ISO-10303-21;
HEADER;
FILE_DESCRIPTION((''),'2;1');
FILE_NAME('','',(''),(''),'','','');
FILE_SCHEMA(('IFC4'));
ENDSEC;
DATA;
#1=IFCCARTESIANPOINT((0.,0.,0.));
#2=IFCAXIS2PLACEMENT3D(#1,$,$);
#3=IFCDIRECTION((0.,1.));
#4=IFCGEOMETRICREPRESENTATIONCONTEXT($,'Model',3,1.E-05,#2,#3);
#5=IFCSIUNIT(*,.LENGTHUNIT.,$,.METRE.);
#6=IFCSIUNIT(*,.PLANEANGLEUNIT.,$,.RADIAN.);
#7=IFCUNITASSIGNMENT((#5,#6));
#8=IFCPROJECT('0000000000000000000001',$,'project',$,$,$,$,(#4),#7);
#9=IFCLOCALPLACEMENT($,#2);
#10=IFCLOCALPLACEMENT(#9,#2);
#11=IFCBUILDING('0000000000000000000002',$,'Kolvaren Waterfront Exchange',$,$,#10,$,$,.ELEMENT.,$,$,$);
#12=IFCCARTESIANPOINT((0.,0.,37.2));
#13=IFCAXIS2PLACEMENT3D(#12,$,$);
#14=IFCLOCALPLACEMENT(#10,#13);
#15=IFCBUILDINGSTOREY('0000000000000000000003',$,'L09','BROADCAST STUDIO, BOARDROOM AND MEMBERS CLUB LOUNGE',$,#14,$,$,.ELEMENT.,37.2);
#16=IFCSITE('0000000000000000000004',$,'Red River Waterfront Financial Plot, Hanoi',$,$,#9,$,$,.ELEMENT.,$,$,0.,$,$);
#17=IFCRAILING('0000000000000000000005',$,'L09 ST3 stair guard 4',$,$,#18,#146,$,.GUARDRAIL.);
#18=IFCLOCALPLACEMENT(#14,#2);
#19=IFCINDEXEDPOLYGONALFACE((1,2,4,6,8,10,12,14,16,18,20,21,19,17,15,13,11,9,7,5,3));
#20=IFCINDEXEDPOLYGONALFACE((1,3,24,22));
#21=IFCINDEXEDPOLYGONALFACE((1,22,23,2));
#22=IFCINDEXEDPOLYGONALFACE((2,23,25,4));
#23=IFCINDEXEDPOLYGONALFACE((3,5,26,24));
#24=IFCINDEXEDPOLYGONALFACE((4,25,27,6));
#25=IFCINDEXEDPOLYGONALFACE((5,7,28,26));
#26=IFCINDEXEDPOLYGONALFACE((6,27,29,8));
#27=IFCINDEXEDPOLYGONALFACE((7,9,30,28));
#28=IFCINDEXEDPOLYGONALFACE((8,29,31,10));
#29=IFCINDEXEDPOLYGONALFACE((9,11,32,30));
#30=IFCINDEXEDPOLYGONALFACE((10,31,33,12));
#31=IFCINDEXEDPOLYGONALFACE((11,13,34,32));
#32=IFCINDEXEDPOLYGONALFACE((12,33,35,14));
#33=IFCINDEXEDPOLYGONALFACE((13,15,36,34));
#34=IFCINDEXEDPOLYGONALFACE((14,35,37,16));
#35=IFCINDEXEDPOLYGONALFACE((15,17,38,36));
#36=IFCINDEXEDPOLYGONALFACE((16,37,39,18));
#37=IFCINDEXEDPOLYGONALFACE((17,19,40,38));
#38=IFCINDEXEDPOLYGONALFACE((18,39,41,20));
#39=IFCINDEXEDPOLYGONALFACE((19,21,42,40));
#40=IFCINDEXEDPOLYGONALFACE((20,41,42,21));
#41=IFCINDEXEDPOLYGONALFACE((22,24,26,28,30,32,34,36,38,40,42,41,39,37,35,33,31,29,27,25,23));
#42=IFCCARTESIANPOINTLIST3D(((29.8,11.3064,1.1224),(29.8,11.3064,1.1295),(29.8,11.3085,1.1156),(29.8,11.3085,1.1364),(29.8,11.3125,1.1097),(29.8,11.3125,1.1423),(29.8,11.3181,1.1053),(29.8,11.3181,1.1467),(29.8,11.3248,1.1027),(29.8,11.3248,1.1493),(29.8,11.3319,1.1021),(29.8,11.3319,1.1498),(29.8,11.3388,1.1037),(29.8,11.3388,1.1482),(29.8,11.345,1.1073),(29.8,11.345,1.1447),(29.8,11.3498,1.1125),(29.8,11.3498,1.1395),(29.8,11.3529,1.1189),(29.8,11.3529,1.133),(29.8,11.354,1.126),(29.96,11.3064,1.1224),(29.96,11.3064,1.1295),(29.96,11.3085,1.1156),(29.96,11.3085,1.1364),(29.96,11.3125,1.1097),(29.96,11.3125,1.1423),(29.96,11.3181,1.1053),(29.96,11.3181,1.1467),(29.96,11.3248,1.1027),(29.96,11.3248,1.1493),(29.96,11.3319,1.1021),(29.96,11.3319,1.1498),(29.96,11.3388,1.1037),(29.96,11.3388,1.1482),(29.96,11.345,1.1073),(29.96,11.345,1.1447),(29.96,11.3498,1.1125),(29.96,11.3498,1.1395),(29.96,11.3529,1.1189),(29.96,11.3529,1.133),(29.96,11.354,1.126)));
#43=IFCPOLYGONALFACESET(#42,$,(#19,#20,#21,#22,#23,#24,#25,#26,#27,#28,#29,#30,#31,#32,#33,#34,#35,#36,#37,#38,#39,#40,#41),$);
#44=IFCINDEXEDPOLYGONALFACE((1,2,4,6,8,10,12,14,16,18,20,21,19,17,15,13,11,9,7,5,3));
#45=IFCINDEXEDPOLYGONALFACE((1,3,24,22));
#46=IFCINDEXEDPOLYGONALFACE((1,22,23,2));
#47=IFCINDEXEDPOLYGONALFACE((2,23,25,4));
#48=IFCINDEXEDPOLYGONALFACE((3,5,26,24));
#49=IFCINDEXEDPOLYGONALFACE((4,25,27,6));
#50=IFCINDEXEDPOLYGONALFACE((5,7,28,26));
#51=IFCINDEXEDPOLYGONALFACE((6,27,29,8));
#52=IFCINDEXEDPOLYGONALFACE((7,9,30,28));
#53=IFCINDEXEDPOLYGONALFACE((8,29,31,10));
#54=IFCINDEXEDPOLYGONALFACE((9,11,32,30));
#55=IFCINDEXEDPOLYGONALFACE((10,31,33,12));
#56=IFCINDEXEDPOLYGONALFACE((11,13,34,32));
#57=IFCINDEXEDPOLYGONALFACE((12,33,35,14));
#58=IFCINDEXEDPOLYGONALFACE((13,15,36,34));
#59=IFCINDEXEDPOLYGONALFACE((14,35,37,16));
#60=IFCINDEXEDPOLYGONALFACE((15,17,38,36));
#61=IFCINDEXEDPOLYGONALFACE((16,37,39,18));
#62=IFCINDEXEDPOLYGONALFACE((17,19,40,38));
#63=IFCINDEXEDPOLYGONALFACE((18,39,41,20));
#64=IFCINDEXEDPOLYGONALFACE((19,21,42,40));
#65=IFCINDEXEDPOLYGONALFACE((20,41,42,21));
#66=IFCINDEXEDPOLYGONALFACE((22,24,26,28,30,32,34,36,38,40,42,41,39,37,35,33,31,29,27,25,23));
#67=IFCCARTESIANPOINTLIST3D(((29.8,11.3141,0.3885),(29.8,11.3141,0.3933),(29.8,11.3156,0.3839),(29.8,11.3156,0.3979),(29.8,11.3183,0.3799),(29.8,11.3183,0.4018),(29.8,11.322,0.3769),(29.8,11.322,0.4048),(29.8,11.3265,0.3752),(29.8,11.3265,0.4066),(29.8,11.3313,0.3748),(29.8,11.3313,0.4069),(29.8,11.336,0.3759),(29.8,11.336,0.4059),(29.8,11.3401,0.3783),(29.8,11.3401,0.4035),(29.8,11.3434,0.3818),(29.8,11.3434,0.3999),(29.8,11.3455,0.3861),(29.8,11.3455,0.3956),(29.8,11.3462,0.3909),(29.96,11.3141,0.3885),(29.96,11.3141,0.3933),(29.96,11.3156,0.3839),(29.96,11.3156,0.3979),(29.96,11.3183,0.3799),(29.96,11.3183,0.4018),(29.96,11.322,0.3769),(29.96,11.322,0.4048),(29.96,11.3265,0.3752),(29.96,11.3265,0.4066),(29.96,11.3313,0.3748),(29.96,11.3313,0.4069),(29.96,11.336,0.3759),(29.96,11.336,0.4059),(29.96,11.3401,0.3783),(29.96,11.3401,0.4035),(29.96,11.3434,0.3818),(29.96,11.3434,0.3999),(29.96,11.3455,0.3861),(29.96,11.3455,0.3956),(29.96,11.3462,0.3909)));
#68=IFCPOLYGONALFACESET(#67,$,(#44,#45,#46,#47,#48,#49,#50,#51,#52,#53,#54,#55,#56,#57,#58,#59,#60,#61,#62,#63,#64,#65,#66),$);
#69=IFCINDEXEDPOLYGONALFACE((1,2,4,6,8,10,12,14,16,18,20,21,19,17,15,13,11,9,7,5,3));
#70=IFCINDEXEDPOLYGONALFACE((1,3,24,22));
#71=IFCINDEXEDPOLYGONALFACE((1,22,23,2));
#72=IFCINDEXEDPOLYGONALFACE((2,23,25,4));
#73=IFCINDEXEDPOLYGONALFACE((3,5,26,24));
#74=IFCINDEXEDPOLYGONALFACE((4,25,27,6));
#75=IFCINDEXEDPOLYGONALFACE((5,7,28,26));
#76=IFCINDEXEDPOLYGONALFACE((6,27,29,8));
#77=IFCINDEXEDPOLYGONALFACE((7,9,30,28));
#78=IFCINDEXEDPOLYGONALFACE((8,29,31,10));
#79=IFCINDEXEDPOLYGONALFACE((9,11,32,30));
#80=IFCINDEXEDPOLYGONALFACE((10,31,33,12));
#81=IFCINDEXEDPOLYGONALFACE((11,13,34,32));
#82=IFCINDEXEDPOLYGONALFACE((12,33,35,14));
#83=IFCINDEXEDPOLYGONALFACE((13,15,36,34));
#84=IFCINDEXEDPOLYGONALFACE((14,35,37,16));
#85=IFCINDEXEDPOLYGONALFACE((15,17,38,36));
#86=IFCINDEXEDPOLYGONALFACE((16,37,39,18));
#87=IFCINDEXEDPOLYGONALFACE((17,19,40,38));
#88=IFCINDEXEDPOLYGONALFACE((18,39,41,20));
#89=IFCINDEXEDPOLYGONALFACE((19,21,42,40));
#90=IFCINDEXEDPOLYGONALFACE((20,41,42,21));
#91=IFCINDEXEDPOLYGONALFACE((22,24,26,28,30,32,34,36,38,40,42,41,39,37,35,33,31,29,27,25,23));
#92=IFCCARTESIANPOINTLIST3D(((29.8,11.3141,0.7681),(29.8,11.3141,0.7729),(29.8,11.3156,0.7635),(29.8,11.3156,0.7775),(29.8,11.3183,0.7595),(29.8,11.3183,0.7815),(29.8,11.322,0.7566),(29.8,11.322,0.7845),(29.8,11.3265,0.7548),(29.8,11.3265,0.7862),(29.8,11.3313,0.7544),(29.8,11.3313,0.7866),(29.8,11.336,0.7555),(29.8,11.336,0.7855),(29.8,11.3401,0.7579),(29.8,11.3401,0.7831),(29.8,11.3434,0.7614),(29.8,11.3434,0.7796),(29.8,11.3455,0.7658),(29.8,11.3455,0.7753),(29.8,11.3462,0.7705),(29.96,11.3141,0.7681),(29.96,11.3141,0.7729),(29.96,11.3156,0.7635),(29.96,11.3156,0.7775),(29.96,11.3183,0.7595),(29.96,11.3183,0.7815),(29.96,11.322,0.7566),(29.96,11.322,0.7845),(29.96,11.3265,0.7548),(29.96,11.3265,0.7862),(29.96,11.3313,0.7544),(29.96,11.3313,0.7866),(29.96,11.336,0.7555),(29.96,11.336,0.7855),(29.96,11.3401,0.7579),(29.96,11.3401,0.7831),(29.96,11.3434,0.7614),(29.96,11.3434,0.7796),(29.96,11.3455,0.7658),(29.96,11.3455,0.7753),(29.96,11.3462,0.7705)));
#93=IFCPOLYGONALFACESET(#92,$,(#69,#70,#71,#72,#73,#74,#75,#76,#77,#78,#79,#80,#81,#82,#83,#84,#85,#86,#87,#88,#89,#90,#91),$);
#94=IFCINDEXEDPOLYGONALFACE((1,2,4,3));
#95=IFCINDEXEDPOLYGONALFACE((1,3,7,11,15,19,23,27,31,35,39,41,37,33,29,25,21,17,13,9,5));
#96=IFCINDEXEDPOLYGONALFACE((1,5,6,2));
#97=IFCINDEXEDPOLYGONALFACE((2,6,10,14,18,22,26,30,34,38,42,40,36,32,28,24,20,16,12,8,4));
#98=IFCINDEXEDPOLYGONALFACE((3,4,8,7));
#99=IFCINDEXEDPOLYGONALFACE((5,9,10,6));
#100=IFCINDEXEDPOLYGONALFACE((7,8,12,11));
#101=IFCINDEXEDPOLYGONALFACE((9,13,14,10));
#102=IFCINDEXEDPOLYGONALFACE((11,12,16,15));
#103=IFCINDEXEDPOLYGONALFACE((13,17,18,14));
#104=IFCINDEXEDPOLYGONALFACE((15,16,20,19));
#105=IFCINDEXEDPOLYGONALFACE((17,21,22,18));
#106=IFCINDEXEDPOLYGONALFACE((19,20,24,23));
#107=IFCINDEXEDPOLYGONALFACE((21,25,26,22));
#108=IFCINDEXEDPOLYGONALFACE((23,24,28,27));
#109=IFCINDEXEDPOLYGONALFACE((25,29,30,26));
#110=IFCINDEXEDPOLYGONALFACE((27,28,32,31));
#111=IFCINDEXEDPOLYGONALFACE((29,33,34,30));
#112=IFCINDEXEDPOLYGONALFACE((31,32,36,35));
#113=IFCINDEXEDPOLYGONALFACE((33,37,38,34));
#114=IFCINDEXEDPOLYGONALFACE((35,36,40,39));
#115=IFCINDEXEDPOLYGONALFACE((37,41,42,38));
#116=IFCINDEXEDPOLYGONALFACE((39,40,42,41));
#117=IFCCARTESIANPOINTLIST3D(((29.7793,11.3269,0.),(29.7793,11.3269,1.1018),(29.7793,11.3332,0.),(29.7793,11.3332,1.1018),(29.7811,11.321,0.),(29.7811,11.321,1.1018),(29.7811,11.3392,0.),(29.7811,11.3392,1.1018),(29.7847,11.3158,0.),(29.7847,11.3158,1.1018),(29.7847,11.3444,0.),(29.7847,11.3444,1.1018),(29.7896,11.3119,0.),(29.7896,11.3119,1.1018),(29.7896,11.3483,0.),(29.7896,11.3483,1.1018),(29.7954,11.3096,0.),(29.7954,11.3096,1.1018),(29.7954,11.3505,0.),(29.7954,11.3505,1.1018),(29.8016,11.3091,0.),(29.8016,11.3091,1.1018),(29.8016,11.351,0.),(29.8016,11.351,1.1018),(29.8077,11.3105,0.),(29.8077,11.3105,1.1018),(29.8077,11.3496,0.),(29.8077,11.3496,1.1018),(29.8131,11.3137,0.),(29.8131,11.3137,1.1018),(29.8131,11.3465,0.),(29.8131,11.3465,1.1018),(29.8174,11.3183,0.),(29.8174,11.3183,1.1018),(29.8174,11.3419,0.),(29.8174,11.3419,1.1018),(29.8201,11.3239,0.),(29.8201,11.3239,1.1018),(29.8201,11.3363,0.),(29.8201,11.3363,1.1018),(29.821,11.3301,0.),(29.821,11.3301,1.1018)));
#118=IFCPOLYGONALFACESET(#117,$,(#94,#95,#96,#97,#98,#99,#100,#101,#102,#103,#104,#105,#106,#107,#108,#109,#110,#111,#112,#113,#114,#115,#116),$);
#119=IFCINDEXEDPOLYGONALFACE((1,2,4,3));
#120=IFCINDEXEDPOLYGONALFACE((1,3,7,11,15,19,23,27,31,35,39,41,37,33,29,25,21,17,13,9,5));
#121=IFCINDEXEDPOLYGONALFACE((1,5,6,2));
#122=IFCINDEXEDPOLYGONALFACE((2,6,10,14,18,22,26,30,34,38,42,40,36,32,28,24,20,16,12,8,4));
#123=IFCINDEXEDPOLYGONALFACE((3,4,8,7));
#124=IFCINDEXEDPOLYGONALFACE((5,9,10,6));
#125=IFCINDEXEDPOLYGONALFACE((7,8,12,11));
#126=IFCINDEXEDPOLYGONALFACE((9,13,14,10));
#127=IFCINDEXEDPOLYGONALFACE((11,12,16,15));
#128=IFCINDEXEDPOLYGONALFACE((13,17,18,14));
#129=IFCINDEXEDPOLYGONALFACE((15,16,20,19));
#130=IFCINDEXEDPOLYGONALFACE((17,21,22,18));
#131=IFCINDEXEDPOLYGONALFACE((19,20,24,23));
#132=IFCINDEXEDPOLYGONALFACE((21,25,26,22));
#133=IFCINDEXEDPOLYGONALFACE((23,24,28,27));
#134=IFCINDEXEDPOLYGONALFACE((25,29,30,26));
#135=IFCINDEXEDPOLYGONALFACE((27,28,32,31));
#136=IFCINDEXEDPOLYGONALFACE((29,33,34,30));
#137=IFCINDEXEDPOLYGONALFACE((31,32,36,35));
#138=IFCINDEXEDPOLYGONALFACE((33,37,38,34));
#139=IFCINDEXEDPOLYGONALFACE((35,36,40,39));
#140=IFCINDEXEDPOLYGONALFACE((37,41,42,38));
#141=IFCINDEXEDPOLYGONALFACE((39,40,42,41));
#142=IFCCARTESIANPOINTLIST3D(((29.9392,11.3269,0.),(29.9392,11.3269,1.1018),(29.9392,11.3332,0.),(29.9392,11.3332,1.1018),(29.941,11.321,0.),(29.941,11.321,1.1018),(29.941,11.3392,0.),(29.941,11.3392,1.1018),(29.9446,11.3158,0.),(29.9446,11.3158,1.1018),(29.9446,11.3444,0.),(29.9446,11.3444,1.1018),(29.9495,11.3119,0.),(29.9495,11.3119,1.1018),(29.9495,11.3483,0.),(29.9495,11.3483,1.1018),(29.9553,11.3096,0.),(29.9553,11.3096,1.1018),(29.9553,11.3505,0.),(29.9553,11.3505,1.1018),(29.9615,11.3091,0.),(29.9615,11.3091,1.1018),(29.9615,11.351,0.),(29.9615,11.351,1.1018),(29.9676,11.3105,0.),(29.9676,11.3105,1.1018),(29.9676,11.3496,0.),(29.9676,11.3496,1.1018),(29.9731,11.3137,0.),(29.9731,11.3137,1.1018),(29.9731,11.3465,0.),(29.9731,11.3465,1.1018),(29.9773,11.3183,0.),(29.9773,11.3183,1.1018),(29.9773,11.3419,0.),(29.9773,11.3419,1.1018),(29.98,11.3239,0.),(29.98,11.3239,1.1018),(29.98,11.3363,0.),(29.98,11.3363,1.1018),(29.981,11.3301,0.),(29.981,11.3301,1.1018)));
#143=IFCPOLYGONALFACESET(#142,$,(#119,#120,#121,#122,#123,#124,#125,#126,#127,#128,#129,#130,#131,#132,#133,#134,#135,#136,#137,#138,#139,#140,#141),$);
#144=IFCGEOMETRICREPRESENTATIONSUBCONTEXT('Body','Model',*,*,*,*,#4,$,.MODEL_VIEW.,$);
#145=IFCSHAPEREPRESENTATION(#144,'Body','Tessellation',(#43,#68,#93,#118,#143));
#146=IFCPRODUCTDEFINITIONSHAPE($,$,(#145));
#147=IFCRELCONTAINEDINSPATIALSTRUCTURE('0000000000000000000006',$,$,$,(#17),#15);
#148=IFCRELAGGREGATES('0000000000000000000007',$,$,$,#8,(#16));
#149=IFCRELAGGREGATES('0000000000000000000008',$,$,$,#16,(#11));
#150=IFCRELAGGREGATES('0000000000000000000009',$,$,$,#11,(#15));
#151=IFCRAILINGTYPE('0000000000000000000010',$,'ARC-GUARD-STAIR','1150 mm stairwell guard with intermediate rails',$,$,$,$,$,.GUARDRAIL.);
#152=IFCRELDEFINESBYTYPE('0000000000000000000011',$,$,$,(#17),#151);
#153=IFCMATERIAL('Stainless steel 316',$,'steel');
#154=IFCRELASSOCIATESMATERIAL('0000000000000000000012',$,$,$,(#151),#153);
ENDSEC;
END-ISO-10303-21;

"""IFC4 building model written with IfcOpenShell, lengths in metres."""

from ifc_helpers import new_model, si_unit, direction, frame, origin, origin_2d, place, context, subcontext, project, spatial, circle, extrude, material, type_object, element, save


model = new_model("IFC4")

# Units and contexts
model_context = context("Model", 3, precision=1e-05, world=origin(), true_north=direction((0.0, 1.0)))
body_context = subcontext(model_context, "Body", "Model", "MODEL_VIEW")
ifc_project = project(units=[si_unit("LENGTHUNIT", "METRE"), si_unit("PLANEANGLEUNIT", "RADIAN")], contexts=[model_context])

# Site, building, storey
site_placement = place(None, origin())
site = spatial("IfcSite", under=ifc_project, at=site_placement, Name="Red River Waterfront Financial Plot, Hanoi", CompositionType="ELEMENT", RefElevation=0.0)
building_placement = place(site_placement, origin())
building = spatial("IfcBuilding", under=site, at=building_placement, Name="Kolvaren Waterfront Exchange", CompositionType="ELEMENT")
storey_placement = place(building_placement, frame((0.0, 0.0, 37.2)))
storey = spatial("IfcBuildingStorey", under=building, at=storey_placement, Name="L09", Description="BROADCAST STUDIO, BOARDROOM AND MEMBERS CLUB LOUNGE", CompositionType="ELEMENT", Elevation=37.2)

# Railing
ifc_material_1 = material(Name="Stainless steel 316", Category="steel")
railing_type = type_object("IfcRailingType", Name="ARC-GUARD-STAIR", Description="1150 mm stairwell guard with intermediate rails", PredefinedType="GUARDRAIL", material=ifc_material_1)
railing_1_placement = place(storey_placement, frame((29.8, 11.3301, 0.0)))
element("IfcRailing", 1, at=railing_1_placement, inside=storey, type_object=railing_type, Name="L09 ST3 stair guard 4", PredefinedType="GUARDRAIL", context=body_context, shape_type="SweptSolid", body=[
    extrude(circle(Radius=0.0239, at=origin_2d()), frame((0.0, 0.0, 1.126), z_axis=(1.0, 0.0, 0.0), x_axis=(0.0, 1.0, 0.0)), (0.0, 0.0, 1.0), 0.1599),
    extrude(circle(Radius=0.0161, at=origin_2d()), frame((0.0, 0.0, 0.3909), z_axis=(1.0, 0.0, 0.0), x_axis=(0.0, 1.0, 0.0)), (0.0, 0.0, 1.0), 0.1599),
    extrude(circle(Radius=0.0161, at=origin_2d()), frame((0.0, 0.0, 0.7705), z_axis=(1.0, 0.0, 0.0), x_axis=(0.0, 1.0, 0.0)), (0.0, 0.0, 1.0), 0.1599),
    extrude(circle(Radius=0.021, at=origin_2d()), origin(), (0.0, 0.0, 1.0), 1.1018),
    extrude(circle(Radius=0.021, at=origin_2d()), frame((0.1599, 0.0, 0.0)), (0.0, 0.0, 1.0), 1.1018),
])

save(model, "model.ifc")
